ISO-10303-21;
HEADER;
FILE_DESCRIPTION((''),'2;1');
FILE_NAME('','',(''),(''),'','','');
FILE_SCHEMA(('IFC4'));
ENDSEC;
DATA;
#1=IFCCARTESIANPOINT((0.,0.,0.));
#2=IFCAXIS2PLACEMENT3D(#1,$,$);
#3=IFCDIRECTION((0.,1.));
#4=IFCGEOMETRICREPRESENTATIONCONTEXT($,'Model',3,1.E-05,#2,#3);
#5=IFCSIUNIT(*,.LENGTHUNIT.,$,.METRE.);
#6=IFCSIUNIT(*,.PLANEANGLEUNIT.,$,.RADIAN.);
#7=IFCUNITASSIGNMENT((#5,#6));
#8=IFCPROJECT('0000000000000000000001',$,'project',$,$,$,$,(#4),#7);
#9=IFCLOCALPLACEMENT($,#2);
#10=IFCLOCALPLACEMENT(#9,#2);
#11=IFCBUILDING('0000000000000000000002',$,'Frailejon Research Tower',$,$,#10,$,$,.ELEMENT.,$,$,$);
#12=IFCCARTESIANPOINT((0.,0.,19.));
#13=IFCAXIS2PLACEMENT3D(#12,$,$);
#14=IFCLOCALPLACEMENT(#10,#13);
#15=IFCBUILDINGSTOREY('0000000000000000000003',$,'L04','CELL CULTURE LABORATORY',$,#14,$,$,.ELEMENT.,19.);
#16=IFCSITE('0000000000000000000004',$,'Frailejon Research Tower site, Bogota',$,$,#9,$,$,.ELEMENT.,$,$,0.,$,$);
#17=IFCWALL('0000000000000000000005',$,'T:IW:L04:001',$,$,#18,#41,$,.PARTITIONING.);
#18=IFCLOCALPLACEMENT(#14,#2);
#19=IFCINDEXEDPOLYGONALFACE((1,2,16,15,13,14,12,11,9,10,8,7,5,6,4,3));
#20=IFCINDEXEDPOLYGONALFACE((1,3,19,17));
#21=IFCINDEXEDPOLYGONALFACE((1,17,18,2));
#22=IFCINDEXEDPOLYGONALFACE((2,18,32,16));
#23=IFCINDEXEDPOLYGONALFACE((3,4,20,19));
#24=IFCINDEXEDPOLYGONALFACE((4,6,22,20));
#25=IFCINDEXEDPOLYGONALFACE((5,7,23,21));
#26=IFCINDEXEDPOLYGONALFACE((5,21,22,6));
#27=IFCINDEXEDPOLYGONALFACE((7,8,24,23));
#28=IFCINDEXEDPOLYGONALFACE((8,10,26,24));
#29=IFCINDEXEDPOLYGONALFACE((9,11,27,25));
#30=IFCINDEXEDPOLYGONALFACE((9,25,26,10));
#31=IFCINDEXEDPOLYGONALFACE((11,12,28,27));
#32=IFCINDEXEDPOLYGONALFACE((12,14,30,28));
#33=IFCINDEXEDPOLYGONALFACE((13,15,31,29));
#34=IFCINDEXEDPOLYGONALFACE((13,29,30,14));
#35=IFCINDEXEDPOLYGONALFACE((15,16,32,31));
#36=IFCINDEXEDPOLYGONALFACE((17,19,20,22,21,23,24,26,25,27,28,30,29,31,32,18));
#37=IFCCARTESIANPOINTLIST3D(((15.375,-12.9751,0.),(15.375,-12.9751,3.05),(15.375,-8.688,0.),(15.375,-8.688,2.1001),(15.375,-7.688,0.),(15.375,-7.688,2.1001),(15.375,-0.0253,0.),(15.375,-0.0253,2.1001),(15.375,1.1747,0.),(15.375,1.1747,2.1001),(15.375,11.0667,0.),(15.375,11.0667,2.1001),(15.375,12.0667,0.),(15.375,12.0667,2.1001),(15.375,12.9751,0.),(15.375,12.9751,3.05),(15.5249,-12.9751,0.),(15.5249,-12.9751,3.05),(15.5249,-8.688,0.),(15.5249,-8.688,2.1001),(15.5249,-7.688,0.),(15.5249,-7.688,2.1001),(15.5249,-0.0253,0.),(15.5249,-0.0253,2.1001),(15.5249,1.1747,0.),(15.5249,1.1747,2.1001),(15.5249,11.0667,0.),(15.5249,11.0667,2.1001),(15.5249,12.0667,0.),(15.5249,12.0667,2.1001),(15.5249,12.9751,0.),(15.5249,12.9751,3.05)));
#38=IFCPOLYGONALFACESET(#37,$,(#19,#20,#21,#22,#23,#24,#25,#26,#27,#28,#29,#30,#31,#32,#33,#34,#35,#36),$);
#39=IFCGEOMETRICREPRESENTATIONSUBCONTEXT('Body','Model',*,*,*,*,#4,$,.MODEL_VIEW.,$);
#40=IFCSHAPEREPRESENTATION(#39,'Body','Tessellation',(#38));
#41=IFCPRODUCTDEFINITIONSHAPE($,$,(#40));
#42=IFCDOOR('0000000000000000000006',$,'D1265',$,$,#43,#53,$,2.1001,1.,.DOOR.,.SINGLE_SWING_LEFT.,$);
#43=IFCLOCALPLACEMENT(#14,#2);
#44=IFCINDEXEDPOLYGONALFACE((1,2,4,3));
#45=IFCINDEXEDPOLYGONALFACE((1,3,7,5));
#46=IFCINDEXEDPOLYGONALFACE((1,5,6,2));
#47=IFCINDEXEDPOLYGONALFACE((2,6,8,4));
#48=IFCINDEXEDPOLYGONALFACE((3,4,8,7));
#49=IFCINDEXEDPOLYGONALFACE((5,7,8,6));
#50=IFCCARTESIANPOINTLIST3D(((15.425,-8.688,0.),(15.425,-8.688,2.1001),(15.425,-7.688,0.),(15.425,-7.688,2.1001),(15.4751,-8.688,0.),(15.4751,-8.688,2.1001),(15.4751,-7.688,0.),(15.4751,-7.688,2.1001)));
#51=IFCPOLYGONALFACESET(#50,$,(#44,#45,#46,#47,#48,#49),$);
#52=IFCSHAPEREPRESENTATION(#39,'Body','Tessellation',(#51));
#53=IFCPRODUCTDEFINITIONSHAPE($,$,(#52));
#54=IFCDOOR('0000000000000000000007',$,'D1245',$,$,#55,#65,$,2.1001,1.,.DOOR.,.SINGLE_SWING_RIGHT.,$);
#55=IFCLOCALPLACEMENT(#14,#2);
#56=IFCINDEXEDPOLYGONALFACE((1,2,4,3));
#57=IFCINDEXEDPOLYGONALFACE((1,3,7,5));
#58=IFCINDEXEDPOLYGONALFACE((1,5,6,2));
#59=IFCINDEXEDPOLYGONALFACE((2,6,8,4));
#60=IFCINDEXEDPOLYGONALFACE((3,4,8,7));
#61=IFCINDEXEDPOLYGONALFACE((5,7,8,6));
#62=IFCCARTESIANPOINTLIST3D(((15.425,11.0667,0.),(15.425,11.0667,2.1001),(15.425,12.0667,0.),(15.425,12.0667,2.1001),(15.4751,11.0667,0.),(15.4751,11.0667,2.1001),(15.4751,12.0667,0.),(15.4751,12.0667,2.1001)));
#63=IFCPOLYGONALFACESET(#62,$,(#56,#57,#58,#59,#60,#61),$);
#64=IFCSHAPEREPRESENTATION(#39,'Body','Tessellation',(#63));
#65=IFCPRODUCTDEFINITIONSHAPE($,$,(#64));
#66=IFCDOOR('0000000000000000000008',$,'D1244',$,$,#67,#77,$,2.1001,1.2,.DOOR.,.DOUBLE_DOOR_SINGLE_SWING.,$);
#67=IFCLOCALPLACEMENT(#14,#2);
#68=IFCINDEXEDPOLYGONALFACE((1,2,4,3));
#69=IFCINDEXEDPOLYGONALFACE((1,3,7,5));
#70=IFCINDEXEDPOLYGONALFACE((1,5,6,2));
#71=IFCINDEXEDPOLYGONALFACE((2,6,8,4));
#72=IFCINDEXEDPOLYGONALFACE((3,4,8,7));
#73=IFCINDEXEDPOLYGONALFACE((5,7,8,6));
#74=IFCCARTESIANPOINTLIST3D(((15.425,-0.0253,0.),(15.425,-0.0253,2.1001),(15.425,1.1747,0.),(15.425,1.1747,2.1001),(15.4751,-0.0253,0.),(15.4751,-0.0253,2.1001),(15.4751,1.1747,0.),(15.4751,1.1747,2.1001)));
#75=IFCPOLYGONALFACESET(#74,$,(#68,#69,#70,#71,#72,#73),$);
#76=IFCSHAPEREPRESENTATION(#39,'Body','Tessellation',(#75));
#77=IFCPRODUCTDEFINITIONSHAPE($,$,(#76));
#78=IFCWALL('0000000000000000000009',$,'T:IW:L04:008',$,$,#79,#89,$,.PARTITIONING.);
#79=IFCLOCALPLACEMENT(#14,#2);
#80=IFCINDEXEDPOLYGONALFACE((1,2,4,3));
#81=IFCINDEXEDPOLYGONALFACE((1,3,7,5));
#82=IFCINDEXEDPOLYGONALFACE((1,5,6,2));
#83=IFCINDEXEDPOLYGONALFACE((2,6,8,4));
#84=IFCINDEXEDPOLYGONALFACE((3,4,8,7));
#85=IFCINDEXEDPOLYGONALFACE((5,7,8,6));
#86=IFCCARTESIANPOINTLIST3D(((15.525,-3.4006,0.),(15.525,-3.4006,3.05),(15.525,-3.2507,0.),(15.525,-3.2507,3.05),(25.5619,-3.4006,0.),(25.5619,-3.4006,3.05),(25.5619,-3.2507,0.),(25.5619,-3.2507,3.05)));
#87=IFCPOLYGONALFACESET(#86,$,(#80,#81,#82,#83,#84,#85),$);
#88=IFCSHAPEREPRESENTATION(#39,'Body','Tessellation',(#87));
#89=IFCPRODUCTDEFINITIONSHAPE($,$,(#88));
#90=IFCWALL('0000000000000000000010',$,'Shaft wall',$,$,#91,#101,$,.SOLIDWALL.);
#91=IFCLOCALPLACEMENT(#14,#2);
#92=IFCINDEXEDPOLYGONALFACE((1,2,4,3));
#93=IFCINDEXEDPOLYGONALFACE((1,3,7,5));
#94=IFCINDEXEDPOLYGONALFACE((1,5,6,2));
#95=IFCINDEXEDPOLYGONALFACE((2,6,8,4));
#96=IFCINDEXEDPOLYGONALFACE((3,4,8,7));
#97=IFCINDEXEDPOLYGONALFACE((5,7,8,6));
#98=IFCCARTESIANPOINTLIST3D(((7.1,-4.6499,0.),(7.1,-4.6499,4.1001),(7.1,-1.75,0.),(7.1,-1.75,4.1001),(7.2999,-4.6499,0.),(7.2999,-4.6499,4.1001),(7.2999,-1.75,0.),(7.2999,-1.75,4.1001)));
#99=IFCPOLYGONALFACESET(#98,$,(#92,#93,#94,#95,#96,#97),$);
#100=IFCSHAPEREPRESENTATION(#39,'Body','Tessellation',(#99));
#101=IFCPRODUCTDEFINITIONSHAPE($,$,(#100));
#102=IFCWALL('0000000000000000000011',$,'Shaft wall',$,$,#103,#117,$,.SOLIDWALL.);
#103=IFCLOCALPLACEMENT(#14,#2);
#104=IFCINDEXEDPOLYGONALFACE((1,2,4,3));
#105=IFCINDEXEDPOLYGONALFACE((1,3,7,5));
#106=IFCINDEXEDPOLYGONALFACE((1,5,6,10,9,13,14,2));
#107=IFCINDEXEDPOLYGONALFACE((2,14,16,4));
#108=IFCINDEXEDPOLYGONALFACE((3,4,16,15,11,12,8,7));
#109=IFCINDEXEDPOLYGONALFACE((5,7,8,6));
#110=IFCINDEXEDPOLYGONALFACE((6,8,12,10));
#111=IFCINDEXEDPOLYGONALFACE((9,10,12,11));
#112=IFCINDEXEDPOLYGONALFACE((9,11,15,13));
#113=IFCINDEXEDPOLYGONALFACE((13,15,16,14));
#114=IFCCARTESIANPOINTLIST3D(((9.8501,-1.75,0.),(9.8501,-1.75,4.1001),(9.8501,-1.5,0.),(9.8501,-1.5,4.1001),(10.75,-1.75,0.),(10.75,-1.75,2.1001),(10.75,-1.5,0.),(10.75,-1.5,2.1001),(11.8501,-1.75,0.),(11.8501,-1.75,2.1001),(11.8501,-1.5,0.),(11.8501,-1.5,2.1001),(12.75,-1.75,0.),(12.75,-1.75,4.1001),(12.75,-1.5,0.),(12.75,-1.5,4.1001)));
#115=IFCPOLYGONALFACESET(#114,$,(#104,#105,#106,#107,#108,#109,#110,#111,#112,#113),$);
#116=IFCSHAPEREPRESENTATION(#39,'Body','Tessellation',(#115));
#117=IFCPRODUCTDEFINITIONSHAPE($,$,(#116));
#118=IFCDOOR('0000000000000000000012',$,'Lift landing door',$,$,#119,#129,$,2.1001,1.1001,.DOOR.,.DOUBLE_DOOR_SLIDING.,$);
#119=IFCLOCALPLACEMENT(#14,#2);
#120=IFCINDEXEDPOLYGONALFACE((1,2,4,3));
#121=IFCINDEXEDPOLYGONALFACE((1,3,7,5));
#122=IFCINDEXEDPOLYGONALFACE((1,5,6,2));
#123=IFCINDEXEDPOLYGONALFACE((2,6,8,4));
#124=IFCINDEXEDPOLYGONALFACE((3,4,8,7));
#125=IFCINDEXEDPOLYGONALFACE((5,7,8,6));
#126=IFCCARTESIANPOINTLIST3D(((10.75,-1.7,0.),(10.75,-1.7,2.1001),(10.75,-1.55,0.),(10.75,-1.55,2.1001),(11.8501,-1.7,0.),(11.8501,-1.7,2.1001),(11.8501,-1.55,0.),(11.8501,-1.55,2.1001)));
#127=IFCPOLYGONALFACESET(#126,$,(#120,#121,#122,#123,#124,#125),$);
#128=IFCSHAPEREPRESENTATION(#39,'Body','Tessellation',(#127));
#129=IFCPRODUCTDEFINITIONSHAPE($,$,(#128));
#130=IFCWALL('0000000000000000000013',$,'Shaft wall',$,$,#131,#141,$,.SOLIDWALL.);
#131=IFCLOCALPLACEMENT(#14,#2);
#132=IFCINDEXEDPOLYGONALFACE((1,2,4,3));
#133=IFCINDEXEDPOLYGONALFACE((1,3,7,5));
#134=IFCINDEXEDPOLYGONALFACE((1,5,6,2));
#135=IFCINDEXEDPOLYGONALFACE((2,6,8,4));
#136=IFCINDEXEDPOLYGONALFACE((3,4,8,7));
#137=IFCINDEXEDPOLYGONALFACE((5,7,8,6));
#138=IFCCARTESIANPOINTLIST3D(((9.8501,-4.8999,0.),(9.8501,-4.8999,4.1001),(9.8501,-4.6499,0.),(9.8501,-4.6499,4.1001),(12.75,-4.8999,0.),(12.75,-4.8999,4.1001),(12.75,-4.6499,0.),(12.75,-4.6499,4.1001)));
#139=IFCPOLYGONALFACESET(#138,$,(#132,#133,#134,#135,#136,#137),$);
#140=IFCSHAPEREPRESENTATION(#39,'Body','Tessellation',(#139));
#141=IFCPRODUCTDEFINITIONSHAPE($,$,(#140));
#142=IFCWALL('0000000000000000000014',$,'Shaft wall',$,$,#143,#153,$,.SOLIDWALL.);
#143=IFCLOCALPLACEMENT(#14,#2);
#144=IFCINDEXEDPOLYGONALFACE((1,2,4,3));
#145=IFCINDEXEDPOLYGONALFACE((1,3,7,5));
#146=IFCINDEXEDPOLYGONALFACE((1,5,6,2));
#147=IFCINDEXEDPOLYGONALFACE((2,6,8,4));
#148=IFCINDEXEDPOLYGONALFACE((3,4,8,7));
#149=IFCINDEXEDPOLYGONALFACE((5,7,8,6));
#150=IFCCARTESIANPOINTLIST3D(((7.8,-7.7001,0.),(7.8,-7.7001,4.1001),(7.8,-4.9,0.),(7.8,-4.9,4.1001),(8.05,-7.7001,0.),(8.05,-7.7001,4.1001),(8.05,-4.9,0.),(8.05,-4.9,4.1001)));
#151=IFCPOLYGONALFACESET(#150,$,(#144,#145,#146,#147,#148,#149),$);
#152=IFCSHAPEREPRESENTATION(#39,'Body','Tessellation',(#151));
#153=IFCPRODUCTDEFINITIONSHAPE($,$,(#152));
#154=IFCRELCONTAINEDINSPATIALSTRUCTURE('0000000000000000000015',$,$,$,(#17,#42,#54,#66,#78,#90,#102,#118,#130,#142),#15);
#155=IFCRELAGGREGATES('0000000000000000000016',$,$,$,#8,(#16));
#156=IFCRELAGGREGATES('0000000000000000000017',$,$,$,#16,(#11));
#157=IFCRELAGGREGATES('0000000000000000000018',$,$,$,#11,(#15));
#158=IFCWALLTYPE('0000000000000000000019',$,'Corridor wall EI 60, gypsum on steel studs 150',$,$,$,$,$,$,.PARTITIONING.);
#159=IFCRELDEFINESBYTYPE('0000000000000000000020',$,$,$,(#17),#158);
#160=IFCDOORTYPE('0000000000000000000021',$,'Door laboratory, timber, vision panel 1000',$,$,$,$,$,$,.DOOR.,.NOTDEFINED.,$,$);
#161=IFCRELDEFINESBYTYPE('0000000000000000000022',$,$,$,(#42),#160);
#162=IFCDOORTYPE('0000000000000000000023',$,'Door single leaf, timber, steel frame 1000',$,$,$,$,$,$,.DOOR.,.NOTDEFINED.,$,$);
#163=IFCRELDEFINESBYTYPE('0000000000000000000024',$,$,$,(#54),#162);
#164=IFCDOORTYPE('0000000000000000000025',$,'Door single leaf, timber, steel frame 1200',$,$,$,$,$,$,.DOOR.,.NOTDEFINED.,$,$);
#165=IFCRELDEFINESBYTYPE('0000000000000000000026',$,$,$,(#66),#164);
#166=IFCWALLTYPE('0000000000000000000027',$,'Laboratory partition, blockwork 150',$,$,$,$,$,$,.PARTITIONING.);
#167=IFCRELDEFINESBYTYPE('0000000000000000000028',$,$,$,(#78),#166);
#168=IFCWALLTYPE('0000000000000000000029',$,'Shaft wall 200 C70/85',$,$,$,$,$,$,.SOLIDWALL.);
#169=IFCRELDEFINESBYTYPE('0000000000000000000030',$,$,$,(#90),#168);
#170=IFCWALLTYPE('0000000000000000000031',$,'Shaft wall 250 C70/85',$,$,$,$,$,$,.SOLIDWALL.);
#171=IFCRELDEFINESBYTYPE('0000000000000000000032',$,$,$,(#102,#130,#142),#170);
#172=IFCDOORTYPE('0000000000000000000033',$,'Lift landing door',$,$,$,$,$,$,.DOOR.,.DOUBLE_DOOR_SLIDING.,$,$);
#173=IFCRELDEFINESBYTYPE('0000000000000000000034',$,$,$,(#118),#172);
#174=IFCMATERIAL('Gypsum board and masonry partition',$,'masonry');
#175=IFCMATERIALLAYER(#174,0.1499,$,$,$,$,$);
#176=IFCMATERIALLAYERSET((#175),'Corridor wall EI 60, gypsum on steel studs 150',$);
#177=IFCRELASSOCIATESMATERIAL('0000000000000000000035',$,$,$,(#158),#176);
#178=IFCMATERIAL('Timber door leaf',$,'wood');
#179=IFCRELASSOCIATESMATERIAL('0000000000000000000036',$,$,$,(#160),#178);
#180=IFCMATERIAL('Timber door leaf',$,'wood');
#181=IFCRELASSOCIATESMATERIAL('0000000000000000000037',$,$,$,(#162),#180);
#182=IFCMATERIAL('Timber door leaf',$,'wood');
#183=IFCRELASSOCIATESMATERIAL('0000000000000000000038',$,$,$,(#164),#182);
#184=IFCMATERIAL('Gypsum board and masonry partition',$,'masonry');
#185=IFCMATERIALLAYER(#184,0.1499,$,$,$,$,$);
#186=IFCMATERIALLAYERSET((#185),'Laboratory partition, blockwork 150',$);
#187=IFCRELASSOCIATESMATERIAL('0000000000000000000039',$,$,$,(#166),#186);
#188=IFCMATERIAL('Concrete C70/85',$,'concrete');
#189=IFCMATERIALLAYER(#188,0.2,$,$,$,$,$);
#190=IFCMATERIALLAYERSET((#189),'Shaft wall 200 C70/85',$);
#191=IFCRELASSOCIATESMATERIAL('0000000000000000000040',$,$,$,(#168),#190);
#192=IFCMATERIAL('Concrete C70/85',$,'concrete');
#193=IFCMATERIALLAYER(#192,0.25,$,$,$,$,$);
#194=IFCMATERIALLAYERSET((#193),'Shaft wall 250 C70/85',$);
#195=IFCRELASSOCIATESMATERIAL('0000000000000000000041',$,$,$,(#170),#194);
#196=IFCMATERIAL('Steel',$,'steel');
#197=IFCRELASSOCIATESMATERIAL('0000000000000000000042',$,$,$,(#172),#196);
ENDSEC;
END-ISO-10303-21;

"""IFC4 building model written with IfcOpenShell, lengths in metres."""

from ifc_helpers import new_model, si_unit, direction, frame, frame_2d, origin, place, context, subcontext, project, spatial, rectangle, extrude, material, layer, layer_set, type_object, element, fill, save


model = new_model("IFC4")

# Units and contexts
model_context = context("Model", 3, precision=1e-05, world=origin(), true_north=direction((0.0, 1.0)))
body_context = subcontext(model_context, "Body", "Model", "MODEL_VIEW")
ifc_project = project(units=[si_unit("LENGTHUNIT", "METRE"), si_unit("PLANEANGLEUNIT", "RADIAN")], contexts=[model_context])

# Site, building, storey
site_placement = place(None, origin())
site = spatial("IfcSite", under=ifc_project, at=site_placement, Name="Frailejon Research Tower site, Bogota", CompositionType="ELEMENT", RefElevation=0.0)
building_placement = place(site_placement, origin())
building = spatial("IfcBuilding", under=site, at=building_placement, Name="Frailejon Research Tower", CompositionType="ELEMENT")
storey_placement = place(building_placement, frame((0.0, 0.0, 19.0)))
storey = spatial("IfcBuildingStorey", under=building, at=storey_placement, Name="L04", Description="CELL CULTURE LABORATORY", CompositionType="ELEMENT", Elevation=19.0)

# Wall, openings, doors
ifc_material_1 = material(Name="Gypsum board and masonry partition", Category="masonry")
ifc_layer_1 = layer(ifc_material_1, 0.1499)
ifc_layer_set_1 = layer_set([ifc_layer_1], Name="Corridor wall EI 60, gypsum on steel studs 150")
wall_type_1 = type_object("IfcWallType", Name="Corridor wall EI 60, gypsum on steel studs 150", PredefinedType="PARTITIONING", material=ifc_layer_set_1)
wall_1_placement = place(storey_placement, frame((15.45, -12.9751, 0.0), z_axis=(0.0, 0.0, 1.0), x_axis=(0.0, 1.0, 0.0)))
wall_1 = element("IfcWall", 1, at=wall_1_placement, inside=storey, type_object=wall_type_1, Name="T:IW:L04:001", PredefinedType="PARTITIONING", context=body_context, shape_type="SweptSolid", body=[
    extrude(rectangle(XDim=25.9502, YDim=0.1499, at=frame_2d((12.9751, 0.0))), origin(), (0.0, 0.0, 1.0), 3.05),
])
opening_1_placement = place(wall_1_placement, frame((12.9497, 0.0, 0.0)))
opening_1 = element("IfcOpeningElement", 2, at=opening_1_placement, cuts=wall_1, PredefinedType="OPENING", context=body_context, shape_type="SweptSolid", body=[
    extrude(rectangle(XDim=1.2, YDim=2.1001, at=frame_2d((0.6001, 1.05))), frame((0.0, 0.085, 0.0), z_axis=(0.0, -1.0, 0.0), x_axis=(1.0, 0.0, 0.0)), (0.0, 0.0, 1.0), 0.1699),
])
opening_2_placement = place(wall_1_placement, frame((24.0417, 0.0, 0.0)))
opening_2 = element("IfcOpeningElement", 3, at=opening_2_placement, cuts=wall_1, PredefinedType="OPENING", context=body_context, shape_type="SweptSolid", body=[
    extrude(rectangle(XDim=1.0, YDim=2.1001, at=frame_2d((0.5, 1.05))), frame((0.0, 0.085, 0.0), z_axis=(0.0, -1.0, 0.0), x_axis=(1.0, 0.0, 0.0)), (0.0, 0.0, 1.0), 0.1699),
])
opening_3_placement = place(wall_1_placement, frame((4.2871, 0.0, 0.0)))
opening_3 = element("IfcOpeningElement", 4, at=opening_3_placement, cuts=wall_1, PredefinedType="OPENING", context=body_context, shape_type="SweptSolid", body=[
    extrude(rectangle(XDim=1.0, YDim=2.1001, at=frame_2d((0.5, 1.05))), frame((0.0, 0.085, 0.0), z_axis=(0.0, -1.0, 0.0), x_axis=(1.0, 0.0, 0.0)), (0.0, 0.0, 1.0), 0.1699),
])
ifc_material_2 = material(Name="Timber door leaf", Category="wood")
door_type_1 = type_object("IfcDoorType", Name="Door laboratory, timber, vision panel 1000", OperationType="NOTDEFINED", PredefinedType="DOOR", material=ifc_material_2)
door_1_placement = place(opening_3_placement, origin())
door_1 = element("IfcDoor", 5, at=door_1_placement, inside=storey, type_object=door_type_1, Name="D1265", OperationType="SINGLE_SWING_LEFT", OverallHeight=2.1001, OverallWidth=1.0, PredefinedType="DOOR", context=body_context, shape_type="SweptSolid", body=[
    extrude(rectangle(XDim=1.0, YDim=2.1001, at=frame_2d((0.5, 1.05))), frame((0.0, 0.0249, 0.0), z_axis=(0.0, -1.0, 0.0), x_axis=(1.0, 0.0, 0.0)), (0.0, 0.0, 1.0), 0.05),
])
fill(opening_3, door_1)
ifc_material_3 = material(Name="Timber door leaf", Category="wood")
door_type_2 = type_object("IfcDoorType", Name="Door single leaf, timber, steel frame 1000", OperationType="NOTDEFINED", PredefinedType="DOOR", material=ifc_material_3)
door_2_placement = place(opening_2_placement, origin())
door_2 = element("IfcDoor", 6, at=door_2_placement, inside=storey, type_object=door_type_2, Name="D1245", OperationType="SINGLE_SWING_RIGHT", OverallHeight=2.1001, OverallWidth=1.0, PredefinedType="DOOR", context=body_context, shape_type="SweptSolid", body=[
    extrude(rectangle(XDim=1.0, YDim=2.1001, at=frame_2d((0.5, 1.05))), frame((0.0, 0.0249, 0.0), z_axis=(0.0, -1.0, 0.0), x_axis=(1.0, 0.0, 0.0)), (0.0, 0.0, 1.0), 0.05),
])
fill(opening_2, door_2)
ifc_material_4 = material(Name="Timber door leaf", Category="wood")
door_type_3 = type_object("IfcDoorType", Name="Door single leaf, timber, steel frame 1200", OperationType="NOTDEFINED", PredefinedType="DOOR", material=ifc_material_4)
door_3_placement = place(opening_1_placement, origin())
door_3 = element("IfcDoor", 7, at=door_3_placement, inside=storey, type_object=door_type_3, Name="D1244", OperationType="DOUBLE_DOOR_SINGLE_SWING", OverallHeight=2.1001, OverallWidth=1.2, PredefinedType="DOOR", context=body_context, shape_type="SweptSolid", body=[
    extrude(rectangle(XDim=1.2, YDim=2.1001, at=frame_2d((0.6001, 1.05))), frame((0.0, 0.0249, 0.0), z_axis=(0.0, -1.0, 0.0), x_axis=(1.0, 0.0, 0.0)), (0.0, 0.0, 1.0), 0.05),
])
fill(opening_1, door_3)

# Walls
ifc_material_5 = material(Name="Gypsum board and masonry partition", Category="masonry")
ifc_layer_2 = layer(ifc_material_5, 0.1499)
ifc_layer_set_2 = layer_set([ifc_layer_2], Name="Laboratory partition, blockwork 150")
wall_type_2 = type_object("IfcWallType", Name="Laboratory partition, blockwork 150", PredefinedType="PARTITIONING", material=ifc_layer_set_2)
wall_2_placement = place(storey_placement, frame((15.5249, -3.3257, 0.0), z_axis=(0.0, 0.0, 1.0), x_axis=(1.0, 0.0, 0.0)))
element("IfcWall", 8, at=wall_2_placement, inside=storey, type_object=wall_type_2, Name="T:IW:L04:008", PredefinedType="PARTITIONING", context=body_context, shape_type="SweptSolid", body=[
    extrude(rectangle(XDim=10.0369, YDim=0.1499, at=frame_2d((5.0186, 0.0))), origin(), (0.0, 0.0, 1.0), 3.05),
])
ifc_material_6 = material(Name="Concrete C70/85", Category="concrete")
ifc_layer_3 = layer(ifc_material_6, 0.2)
ifc_layer_set_3 = layer_set([ifc_layer_3], Name="Shaft wall 200 C70/85")
wall_type_3 = type_object("IfcWallType", Name="Shaft wall 200 C70/85", PredefinedType="SOLIDWALL", material=ifc_layer_set_3)
wall_3_placement = place(storey_placement, frame((7.2, -4.6499, 0.0), z_axis=(0.0, 0.0, 1.0), x_axis=(0.0, 1.0, 0.0)))
element("IfcWall", 9, at=wall_3_placement, inside=storey, type_object=wall_type_3, Name="Shaft wall", PredefinedType="SOLIDWALL", context=body_context, shape_type="SweptSolid", body=[
    extrude(rectangle(XDim=2.8999, YDim=0.2, at=frame_2d((1.45, 0.0))), origin(), (0.0, 0.0, 1.0), 4.1001),
])

# Wall, opening, door
ifc_material_7 = material(Name="Concrete C70/85", Category="concrete")
ifc_layer_4 = layer(ifc_material_7, 0.25)
ifc_layer_set_4 = layer_set([ifc_layer_4], Name="Shaft wall 250 C70/85")
wall_type_4 = type_object("IfcWallType", Name="Shaft wall 250 C70/85", PredefinedType="SOLIDWALL", material=ifc_layer_set_4)
wall_4_placement = place(storey_placement, frame((9.8501, -1.625, 0.0), z_axis=(0.0, 0.0, 1.0), x_axis=(1.0, 0.0, 0.0)))
wall_4 = element("IfcWall", 10, at=wall_4_placement, inside=storey, type_object=wall_type_4, Name="Shaft wall", PredefinedType="SOLIDWALL", context=body_context, shape_type="SweptSolid", body=[
    extrude(rectangle(XDim=2.8999, YDim=0.25, at=frame_2d((1.45, 0.0))), origin(), (0.0, 0.0, 1.0), 4.1001),
])
opening_4_placement = place(wall_4_placement, frame((0.8999, 0.0, 0.0)))
opening_4 = element("IfcOpeningElement", 11, at=opening_4_placement, cuts=wall_4, PredefinedType="OPENING", context=body_context, shape_type="SweptSolid", body=[
    extrude(rectangle(XDim=1.1001, YDim=2.1001, at=frame_2d((0.55, 1.05))), frame((0.0, 0.135, 0.0), z_axis=(0.0, -1.0, 0.0), x_axis=(1.0, 0.0, 0.0)), (0.0, 0.0, 1.0), 0.27),
])
ifc_material_8 = material(Name="Steel", Category="steel")
door_type_4 = type_object("IfcDoorType", Name="Lift landing door", OperationType="DOUBLE_DOOR_SLIDING", PredefinedType="DOOR", material=ifc_material_8)
door_4_placement = place(opening_4_placement, origin())
door_4 = element("IfcDoor", 12, at=door_4_placement, inside=storey, type_object=door_type_4, Name="Lift landing door", OperationType="DOUBLE_DOOR_SLIDING", OverallHeight=2.1001, OverallWidth=1.1001, PredefinedType="DOOR", context=body_context, shape_type="SweptSolid", body=[
    extrude(rectangle(XDim=1.1001, YDim=2.1001, at=frame_2d((0.55, 1.05))), frame((0.0, 0.075, 0.0), z_axis=(0.0, -1.0, 0.0), x_axis=(1.0, 0.0, 0.0)), (0.0, 0.0, 1.0), 0.1499),
])
fill(opening_4, door_4)

# Walls
wall_5_placement = place(storey_placement, frame((9.8501, -4.7749, 0.0), z_axis=(0.0, 0.0, 1.0), x_axis=(1.0, 0.0, 0.0)))
element("IfcWall", 13, at=wall_5_placement, inside=storey, type_object=wall_type_4, Name="Shaft wall", PredefinedType="SOLIDWALL", context=body_context, shape_type="SweptSolid", body=[
    extrude(rectangle(XDim=2.8999, YDim=0.25, at=frame_2d((1.45, 0.0))), origin(), (0.0, 0.0, 1.0), 4.1001),
])
wall_6_placement = place(storey_placement, frame((7.925, -7.7, 0.0), z_axis=(0.0, 0.0, 1.0), x_axis=(0.0, 1.0, 0.0)))
element("IfcWall", 14, at=wall_6_placement, inside=storey, type_object=wall_type_4, Name="Shaft wall", PredefinedType="SOLIDWALL", context=body_context, shape_type="SweptSolid", body=[
    extrude(rectangle(XDim=2.8, YDim=0.25, at=frame_2d((1.3999, 0.0))), origin(), (0.0, 0.0, 1.0), 4.1001),
])

save(model, "model.ifc")
